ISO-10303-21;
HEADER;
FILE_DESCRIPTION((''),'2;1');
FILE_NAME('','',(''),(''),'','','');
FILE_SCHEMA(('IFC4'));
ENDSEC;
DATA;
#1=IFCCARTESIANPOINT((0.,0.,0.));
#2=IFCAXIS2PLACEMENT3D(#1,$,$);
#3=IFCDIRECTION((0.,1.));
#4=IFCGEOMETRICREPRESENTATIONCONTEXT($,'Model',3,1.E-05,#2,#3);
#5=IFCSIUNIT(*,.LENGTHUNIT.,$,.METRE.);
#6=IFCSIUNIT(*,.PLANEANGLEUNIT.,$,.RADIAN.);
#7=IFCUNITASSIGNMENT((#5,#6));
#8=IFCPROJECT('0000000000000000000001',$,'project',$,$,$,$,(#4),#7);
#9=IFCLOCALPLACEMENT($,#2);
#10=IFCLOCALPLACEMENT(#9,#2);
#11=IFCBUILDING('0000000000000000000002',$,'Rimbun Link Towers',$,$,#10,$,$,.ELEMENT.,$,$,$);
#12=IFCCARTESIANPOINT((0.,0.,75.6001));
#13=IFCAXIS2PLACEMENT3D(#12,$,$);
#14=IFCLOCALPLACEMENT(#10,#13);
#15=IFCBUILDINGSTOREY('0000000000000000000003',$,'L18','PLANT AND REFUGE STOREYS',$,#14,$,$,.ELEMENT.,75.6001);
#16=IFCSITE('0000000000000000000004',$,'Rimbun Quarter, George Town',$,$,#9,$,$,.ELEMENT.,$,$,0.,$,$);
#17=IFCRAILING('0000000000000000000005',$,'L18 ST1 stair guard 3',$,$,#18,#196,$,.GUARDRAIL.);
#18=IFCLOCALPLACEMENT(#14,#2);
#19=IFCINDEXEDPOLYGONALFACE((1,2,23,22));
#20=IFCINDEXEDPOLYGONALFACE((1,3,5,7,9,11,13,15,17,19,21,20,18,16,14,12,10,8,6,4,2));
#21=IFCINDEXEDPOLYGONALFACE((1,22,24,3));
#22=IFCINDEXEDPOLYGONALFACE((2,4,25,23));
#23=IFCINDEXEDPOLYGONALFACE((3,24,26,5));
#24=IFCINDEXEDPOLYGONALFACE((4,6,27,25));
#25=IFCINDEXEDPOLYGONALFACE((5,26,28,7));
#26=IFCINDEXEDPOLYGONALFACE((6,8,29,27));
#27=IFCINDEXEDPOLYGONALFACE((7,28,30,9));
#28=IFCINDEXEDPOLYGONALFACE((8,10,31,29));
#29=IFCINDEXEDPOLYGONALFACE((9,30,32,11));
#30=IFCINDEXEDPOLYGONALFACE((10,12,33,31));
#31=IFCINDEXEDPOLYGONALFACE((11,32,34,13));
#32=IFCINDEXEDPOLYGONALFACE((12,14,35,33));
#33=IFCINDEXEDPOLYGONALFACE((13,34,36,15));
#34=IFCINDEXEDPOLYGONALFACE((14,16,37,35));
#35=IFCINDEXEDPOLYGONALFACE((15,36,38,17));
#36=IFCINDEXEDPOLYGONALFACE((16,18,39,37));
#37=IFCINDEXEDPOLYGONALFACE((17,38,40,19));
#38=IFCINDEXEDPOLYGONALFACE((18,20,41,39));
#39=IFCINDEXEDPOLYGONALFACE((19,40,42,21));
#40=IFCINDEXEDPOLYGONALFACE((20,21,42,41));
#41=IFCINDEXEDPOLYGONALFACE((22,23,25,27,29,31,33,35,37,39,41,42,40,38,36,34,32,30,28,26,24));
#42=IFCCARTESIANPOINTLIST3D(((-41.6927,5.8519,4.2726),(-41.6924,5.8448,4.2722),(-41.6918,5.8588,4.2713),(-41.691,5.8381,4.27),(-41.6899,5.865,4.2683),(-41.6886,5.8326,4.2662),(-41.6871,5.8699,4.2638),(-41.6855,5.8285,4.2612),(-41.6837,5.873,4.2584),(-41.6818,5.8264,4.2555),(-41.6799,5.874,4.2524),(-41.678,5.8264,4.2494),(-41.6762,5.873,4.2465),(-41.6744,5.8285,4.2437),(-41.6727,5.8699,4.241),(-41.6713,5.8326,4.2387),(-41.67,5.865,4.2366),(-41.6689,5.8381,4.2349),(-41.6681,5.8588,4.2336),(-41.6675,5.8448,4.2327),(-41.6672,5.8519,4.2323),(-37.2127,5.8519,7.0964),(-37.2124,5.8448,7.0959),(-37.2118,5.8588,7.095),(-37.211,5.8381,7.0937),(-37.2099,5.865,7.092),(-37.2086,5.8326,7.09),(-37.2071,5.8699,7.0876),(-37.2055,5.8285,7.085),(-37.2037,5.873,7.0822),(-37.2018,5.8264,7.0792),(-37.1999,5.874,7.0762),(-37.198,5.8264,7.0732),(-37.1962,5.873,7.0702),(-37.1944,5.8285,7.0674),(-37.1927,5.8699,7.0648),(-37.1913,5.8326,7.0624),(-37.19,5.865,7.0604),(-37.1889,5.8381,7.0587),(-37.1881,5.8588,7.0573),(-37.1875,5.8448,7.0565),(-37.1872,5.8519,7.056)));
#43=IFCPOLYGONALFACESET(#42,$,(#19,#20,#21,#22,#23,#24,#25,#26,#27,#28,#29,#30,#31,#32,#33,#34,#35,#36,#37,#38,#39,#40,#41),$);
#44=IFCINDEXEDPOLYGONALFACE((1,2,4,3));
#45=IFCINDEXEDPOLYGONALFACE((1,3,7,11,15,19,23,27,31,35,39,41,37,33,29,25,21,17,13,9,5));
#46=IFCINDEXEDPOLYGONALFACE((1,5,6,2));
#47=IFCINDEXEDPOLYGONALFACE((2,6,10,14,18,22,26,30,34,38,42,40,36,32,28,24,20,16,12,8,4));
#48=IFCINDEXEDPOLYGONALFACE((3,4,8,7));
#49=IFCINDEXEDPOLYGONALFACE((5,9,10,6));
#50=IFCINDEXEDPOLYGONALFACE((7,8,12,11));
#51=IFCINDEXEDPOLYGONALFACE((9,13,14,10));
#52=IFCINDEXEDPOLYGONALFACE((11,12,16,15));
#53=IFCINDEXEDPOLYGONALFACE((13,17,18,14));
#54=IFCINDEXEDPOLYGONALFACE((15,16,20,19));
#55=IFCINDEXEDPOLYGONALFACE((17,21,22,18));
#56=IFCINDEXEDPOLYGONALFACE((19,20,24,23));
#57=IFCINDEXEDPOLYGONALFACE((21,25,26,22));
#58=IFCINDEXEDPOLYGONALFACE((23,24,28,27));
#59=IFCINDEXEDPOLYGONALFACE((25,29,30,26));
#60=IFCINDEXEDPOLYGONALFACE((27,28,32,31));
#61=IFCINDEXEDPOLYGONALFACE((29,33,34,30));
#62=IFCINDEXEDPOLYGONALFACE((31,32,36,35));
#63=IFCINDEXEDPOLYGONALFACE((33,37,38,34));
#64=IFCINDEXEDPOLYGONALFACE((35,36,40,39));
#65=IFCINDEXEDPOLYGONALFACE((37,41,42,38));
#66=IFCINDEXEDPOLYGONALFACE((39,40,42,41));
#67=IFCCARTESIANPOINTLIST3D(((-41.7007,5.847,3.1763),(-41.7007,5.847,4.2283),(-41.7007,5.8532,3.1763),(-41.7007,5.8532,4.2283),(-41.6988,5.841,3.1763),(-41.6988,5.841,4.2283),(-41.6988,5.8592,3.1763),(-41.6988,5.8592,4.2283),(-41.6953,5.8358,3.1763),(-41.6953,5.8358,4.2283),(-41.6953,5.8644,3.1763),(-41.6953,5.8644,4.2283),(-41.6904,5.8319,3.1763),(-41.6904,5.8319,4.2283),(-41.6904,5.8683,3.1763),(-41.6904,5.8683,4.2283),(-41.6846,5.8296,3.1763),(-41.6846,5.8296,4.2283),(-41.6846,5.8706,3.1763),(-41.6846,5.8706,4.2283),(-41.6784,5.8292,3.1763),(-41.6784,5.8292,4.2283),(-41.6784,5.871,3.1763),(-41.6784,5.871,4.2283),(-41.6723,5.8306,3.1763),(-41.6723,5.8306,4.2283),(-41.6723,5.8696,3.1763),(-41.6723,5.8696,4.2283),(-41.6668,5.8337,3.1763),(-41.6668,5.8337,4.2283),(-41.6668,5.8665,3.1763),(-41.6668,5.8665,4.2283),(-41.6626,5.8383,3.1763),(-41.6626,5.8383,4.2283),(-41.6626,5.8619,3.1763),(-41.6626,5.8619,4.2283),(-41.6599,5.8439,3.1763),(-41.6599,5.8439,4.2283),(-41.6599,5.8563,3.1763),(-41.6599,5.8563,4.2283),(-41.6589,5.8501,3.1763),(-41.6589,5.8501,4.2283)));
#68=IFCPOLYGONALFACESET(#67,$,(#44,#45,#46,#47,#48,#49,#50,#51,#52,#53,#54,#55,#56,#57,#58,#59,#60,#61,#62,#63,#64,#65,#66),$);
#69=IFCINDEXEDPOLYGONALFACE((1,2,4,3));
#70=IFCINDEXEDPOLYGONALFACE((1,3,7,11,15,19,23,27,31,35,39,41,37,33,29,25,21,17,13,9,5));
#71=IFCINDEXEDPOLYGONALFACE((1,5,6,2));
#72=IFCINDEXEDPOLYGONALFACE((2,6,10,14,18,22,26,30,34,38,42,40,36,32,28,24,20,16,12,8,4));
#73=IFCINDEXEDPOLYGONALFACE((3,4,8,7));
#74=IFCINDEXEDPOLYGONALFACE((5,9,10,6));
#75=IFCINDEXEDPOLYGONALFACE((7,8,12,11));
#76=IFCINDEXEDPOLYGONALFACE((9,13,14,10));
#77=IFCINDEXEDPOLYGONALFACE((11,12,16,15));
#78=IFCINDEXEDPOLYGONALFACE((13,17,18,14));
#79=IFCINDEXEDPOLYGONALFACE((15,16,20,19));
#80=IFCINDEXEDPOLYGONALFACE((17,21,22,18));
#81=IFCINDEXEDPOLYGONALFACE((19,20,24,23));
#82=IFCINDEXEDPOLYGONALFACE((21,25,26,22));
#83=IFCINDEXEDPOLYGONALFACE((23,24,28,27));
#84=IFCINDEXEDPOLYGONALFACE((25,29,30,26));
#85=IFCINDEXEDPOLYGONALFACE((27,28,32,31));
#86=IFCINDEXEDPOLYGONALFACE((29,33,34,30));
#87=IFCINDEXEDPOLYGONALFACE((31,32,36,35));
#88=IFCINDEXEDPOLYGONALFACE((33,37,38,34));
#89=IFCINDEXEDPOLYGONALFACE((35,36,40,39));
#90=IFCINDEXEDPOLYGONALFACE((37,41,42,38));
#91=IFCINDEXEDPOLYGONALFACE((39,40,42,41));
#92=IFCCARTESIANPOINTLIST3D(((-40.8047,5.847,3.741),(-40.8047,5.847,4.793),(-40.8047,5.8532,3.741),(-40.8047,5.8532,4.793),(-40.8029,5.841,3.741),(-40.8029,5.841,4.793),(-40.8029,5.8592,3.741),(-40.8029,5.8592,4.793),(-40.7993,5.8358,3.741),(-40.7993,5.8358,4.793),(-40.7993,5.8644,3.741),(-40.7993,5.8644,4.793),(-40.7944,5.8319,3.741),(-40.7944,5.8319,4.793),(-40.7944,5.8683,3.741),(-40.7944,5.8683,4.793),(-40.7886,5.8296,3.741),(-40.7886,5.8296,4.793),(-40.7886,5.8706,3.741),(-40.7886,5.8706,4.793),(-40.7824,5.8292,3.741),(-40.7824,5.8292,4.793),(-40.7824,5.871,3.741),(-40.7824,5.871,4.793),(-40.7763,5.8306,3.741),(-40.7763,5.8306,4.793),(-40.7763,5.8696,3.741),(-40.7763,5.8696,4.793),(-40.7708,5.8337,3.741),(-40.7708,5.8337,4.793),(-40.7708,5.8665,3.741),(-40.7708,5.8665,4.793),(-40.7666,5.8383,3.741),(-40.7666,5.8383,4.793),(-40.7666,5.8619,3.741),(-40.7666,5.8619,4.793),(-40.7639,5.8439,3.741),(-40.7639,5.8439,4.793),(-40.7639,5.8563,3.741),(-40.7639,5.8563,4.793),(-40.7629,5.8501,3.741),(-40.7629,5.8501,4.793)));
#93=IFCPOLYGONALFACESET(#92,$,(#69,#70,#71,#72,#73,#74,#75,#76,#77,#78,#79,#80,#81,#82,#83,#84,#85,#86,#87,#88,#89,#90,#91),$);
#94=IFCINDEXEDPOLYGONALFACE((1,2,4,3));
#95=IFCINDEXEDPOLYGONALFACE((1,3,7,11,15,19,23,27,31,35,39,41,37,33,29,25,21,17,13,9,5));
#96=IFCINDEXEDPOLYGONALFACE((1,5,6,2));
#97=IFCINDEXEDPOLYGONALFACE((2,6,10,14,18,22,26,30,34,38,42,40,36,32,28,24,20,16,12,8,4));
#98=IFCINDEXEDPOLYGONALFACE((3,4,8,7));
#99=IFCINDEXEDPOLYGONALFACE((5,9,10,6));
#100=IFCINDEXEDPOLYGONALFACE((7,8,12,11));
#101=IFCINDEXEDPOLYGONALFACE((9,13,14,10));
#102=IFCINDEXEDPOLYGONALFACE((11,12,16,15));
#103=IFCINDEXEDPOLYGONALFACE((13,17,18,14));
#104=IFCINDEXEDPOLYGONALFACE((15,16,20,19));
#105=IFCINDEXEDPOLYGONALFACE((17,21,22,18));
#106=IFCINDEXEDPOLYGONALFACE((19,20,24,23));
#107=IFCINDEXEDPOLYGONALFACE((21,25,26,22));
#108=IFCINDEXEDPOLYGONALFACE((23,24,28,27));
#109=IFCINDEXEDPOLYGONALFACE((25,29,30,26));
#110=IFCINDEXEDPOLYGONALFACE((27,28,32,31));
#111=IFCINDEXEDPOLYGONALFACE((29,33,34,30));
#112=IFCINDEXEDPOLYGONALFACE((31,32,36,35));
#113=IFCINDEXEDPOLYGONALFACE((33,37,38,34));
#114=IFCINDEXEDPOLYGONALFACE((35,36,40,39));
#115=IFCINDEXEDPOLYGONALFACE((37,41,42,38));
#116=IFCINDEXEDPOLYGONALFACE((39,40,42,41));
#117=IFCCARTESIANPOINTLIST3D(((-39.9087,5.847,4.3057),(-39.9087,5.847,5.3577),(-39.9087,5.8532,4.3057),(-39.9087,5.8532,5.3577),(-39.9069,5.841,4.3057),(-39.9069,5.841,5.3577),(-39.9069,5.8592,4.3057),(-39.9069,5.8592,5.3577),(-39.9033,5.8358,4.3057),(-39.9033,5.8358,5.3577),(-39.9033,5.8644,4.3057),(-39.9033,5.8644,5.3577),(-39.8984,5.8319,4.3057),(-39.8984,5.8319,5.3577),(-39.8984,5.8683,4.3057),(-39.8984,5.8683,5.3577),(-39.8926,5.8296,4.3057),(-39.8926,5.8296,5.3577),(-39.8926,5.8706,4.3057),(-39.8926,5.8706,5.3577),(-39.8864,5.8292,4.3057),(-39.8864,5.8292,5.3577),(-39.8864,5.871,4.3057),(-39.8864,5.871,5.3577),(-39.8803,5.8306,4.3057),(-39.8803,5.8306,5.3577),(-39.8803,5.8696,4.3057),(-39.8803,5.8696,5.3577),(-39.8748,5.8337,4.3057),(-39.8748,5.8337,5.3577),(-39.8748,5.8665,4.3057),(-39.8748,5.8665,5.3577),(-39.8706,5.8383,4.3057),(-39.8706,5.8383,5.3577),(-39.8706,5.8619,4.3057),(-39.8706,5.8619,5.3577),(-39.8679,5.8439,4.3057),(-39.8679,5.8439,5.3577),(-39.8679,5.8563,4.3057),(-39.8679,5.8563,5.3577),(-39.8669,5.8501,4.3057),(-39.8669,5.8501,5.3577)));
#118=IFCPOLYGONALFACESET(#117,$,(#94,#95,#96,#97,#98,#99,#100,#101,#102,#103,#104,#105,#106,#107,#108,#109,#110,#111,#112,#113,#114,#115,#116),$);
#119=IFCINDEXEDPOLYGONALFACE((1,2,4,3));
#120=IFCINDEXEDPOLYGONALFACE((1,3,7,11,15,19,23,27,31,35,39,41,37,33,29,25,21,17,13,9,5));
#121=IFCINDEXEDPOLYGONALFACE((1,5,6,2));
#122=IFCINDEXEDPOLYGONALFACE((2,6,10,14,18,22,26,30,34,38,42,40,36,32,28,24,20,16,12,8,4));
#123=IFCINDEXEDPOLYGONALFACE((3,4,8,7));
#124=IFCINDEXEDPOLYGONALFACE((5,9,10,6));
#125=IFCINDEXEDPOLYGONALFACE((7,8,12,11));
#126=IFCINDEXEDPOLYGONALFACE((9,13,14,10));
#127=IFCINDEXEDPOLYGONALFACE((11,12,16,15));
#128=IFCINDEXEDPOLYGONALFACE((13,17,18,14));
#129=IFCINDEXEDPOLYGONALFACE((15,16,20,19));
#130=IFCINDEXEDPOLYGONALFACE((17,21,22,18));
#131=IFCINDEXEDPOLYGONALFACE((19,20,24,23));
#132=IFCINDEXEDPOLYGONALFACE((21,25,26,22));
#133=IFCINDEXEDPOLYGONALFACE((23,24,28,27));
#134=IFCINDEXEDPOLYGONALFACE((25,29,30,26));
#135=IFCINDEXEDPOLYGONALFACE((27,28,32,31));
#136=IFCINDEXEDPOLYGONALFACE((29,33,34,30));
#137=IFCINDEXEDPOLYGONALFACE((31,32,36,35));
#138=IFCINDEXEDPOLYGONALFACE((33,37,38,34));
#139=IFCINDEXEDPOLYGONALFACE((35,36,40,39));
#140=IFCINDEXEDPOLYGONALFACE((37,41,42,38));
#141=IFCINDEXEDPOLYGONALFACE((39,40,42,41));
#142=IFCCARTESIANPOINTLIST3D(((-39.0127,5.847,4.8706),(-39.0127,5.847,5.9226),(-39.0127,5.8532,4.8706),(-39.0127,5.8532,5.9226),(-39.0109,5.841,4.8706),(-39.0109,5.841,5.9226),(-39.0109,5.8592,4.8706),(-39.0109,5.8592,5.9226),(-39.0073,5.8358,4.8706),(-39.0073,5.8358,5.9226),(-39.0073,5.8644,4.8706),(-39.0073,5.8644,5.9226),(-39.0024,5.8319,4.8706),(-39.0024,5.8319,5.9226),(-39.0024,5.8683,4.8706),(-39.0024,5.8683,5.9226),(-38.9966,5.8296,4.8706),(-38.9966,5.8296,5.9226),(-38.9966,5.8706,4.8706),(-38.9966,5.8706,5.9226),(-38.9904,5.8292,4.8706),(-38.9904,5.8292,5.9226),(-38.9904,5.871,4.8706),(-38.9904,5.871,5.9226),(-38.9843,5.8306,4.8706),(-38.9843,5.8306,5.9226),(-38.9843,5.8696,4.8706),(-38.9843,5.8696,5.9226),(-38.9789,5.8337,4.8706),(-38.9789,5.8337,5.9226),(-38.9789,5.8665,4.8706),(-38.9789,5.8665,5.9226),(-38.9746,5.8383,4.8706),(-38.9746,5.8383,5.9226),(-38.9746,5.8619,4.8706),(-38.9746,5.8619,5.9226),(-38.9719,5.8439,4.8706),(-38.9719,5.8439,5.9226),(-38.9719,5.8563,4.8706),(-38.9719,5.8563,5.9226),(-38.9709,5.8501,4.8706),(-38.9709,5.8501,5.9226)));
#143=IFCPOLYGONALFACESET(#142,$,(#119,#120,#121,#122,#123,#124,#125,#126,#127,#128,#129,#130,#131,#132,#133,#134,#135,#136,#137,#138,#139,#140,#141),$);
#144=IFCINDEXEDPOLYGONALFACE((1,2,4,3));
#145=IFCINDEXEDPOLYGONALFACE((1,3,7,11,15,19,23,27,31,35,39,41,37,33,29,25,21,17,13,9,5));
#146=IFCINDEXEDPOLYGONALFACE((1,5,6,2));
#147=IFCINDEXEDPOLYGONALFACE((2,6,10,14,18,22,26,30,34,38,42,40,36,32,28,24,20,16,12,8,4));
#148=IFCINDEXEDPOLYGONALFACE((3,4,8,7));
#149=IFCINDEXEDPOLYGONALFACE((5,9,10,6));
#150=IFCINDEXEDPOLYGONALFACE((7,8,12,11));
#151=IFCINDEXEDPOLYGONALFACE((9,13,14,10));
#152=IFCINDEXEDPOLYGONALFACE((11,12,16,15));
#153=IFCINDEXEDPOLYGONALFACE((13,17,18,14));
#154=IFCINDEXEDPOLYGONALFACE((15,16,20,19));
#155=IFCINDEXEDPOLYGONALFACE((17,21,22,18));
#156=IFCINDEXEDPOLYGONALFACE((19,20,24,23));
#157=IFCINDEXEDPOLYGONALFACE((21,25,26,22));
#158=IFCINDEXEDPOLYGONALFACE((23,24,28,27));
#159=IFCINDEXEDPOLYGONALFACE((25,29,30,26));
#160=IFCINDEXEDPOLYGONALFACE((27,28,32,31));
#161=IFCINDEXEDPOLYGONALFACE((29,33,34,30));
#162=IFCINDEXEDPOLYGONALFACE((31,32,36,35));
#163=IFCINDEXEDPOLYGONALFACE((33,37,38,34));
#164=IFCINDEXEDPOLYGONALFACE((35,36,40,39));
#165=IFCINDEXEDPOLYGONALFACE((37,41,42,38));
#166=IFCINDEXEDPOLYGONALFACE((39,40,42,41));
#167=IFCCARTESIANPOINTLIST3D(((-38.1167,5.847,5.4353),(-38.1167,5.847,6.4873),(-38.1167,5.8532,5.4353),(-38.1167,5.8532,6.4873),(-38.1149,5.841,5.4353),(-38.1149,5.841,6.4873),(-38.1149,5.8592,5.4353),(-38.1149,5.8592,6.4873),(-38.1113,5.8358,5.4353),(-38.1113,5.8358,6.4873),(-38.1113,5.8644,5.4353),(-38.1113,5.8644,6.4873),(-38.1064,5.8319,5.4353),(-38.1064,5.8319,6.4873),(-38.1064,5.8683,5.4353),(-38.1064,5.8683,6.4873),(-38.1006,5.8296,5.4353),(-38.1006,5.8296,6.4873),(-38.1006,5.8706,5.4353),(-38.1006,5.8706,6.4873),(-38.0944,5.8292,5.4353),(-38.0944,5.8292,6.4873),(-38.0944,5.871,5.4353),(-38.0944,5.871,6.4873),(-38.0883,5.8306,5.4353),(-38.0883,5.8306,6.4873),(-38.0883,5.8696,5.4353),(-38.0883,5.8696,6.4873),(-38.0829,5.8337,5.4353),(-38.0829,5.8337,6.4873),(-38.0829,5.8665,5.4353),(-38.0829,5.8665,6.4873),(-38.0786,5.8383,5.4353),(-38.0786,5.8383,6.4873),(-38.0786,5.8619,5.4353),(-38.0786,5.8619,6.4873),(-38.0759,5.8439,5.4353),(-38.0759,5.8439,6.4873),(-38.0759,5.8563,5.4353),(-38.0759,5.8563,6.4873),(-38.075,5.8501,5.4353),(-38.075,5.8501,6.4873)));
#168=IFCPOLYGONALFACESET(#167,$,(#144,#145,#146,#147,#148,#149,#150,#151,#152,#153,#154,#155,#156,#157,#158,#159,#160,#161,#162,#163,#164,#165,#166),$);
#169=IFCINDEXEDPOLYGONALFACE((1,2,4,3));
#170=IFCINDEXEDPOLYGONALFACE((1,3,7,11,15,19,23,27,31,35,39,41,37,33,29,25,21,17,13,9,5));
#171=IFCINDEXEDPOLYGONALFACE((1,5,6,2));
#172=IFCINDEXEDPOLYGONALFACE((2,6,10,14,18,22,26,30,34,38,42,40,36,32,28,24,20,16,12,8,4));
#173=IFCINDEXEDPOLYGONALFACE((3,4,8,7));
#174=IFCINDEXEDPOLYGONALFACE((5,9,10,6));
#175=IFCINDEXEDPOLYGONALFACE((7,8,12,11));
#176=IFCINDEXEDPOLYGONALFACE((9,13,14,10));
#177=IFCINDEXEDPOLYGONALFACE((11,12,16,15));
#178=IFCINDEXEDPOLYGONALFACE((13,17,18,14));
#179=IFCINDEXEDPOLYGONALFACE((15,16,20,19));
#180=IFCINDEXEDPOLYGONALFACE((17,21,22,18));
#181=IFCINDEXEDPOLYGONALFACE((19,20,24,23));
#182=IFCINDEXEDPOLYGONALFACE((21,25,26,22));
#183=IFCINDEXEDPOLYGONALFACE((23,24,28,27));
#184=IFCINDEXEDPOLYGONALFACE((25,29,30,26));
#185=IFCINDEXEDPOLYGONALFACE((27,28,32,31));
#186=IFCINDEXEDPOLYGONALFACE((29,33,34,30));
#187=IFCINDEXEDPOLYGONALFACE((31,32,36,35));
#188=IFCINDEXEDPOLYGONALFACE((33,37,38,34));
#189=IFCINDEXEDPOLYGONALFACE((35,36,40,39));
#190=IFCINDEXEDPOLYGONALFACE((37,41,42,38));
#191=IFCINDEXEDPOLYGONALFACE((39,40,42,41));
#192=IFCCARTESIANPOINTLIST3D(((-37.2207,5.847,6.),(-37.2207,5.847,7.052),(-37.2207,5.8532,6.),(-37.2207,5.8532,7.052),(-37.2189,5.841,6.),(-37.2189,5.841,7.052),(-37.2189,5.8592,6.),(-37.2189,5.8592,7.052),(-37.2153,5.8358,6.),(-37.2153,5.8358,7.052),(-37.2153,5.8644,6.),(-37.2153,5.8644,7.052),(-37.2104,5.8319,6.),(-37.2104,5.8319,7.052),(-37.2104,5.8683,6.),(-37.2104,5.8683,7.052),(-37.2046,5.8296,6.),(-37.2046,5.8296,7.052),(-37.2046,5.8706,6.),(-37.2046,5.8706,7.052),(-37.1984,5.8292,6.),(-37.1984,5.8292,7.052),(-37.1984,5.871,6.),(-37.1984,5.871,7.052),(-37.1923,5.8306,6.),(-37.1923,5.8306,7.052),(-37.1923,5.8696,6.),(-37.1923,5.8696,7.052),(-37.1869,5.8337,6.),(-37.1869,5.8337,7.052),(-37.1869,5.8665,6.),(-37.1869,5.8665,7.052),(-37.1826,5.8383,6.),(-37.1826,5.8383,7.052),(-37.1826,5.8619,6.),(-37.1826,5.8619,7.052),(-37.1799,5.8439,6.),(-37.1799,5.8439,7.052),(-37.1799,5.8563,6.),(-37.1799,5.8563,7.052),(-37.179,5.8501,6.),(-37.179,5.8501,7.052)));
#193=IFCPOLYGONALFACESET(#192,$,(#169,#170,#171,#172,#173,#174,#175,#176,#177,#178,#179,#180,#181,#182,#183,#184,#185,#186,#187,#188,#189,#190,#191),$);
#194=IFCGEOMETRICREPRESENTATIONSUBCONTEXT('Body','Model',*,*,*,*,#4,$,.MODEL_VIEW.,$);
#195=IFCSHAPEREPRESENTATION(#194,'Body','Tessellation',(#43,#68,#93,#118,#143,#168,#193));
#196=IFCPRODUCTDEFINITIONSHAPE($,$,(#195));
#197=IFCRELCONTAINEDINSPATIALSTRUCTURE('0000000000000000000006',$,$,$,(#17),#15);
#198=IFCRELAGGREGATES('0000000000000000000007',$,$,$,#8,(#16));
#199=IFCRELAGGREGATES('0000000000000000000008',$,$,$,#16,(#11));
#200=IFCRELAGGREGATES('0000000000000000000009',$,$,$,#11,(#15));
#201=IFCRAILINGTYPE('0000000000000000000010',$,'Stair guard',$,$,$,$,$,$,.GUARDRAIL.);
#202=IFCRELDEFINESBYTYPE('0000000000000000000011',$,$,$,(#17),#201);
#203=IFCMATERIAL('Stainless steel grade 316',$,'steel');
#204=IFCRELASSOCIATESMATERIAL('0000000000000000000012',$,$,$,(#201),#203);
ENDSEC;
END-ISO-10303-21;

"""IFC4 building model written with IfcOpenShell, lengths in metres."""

from ifc_helpers import new_model, si_unit, direction, frame, origin, origin_2d, place, context, subcontext, project, spatial, circle, extrude, material, type_object, element, save


model = new_model("IFC4")

# Units and contexts
model_context = context("Model", 3, precision=1e-05, world=origin(), true_north=direction((0.0, 1.0)))
body_context = subcontext(model_context, "Body", "Model", "MODEL_VIEW")
ifc_project = project(units=[si_unit("LENGTHUNIT", "METRE"), si_unit("PLANEANGLEUNIT", "RADIAN")], contexts=[model_context])

# Site, building, storey
site_placement = place(None, origin())
site = spatial("IfcSite", under=ifc_project, at=site_placement, Name="Rimbun Quarter, George Town", CompositionType="ELEMENT", RefElevation=0.0)
building_placement = place(site_placement, origin())
building = spatial("IfcBuilding", under=site, at=building_placement, Name="Rimbun Link Towers", CompositionType="ELEMENT")
storey_placement = place(building_placement, frame((0.0, 0.0, 75.6001)))
storey = spatial("IfcBuildingStorey", under=building, at=storey_placement, Name="L18", Description="PLANT AND REFUGE STOREYS", CompositionType="ELEMENT", Elevation=75.6001)

# Railing
ifc_material_1 = material(Name="Stainless steel grade 316", Category="steel")
railing_type_1 = type_object("IfcRailingType", Name="Stair guard", PredefinedType="GUARDRAIL", material=ifc_material_1)
railing_1_placement = place(storey_placement, frame((-41.6799, 5.8501, 3.1763)))
element("IfcRailing", 1, at=railing_1_placement, inside=storey, type_object=railing_type_1, Name="L18 ST1 stair guard 3", PredefinedType="GUARDRAIL", context=body_context, shape_type="SweptSolid", body=[
    extrude(circle(Radius=0.0239, at=origin_2d()), frame((0.0, 0.0, 1.0762), z_axis=(0.845977, 0.0, 0.533219), x_axis=(0.0, 1.0, 0.0)), (0.0, 0.0, 1.0), 5.2957),
    extrude(circle(Radius=0.021, at=origin_2d()), origin(), (0.0, 0.0, 1.0), 1.052),
    extrude(circle(Radius=0.021, at=origin_2d()), frame((0.896, 0.0, 0.5647)), (0.0, 0.0, 1.0), 1.052),
    extrude(circle(Radius=0.021, at=origin_2d()), frame((1.792, 0.0, 1.1294)), (0.0, 0.0, 1.0), 1.052),
    extrude(circle(Radius=0.021, at=origin_2d()), frame((2.688, 0.0, 1.6943)), (0.0, 0.0, 1.0), 1.052),
    extrude(circle(Radius=0.021, at=origin_2d()), frame((3.584, 0.0, 2.259)), (0.0, 0.0, 1.0), 1.052),
    extrude(circle(Radius=0.021, at=origin_2d()), frame((4.48, 0.0, 2.8237)), (0.0, 0.0, 1.0), 1.052),
])

save(model, "model.ifc")
